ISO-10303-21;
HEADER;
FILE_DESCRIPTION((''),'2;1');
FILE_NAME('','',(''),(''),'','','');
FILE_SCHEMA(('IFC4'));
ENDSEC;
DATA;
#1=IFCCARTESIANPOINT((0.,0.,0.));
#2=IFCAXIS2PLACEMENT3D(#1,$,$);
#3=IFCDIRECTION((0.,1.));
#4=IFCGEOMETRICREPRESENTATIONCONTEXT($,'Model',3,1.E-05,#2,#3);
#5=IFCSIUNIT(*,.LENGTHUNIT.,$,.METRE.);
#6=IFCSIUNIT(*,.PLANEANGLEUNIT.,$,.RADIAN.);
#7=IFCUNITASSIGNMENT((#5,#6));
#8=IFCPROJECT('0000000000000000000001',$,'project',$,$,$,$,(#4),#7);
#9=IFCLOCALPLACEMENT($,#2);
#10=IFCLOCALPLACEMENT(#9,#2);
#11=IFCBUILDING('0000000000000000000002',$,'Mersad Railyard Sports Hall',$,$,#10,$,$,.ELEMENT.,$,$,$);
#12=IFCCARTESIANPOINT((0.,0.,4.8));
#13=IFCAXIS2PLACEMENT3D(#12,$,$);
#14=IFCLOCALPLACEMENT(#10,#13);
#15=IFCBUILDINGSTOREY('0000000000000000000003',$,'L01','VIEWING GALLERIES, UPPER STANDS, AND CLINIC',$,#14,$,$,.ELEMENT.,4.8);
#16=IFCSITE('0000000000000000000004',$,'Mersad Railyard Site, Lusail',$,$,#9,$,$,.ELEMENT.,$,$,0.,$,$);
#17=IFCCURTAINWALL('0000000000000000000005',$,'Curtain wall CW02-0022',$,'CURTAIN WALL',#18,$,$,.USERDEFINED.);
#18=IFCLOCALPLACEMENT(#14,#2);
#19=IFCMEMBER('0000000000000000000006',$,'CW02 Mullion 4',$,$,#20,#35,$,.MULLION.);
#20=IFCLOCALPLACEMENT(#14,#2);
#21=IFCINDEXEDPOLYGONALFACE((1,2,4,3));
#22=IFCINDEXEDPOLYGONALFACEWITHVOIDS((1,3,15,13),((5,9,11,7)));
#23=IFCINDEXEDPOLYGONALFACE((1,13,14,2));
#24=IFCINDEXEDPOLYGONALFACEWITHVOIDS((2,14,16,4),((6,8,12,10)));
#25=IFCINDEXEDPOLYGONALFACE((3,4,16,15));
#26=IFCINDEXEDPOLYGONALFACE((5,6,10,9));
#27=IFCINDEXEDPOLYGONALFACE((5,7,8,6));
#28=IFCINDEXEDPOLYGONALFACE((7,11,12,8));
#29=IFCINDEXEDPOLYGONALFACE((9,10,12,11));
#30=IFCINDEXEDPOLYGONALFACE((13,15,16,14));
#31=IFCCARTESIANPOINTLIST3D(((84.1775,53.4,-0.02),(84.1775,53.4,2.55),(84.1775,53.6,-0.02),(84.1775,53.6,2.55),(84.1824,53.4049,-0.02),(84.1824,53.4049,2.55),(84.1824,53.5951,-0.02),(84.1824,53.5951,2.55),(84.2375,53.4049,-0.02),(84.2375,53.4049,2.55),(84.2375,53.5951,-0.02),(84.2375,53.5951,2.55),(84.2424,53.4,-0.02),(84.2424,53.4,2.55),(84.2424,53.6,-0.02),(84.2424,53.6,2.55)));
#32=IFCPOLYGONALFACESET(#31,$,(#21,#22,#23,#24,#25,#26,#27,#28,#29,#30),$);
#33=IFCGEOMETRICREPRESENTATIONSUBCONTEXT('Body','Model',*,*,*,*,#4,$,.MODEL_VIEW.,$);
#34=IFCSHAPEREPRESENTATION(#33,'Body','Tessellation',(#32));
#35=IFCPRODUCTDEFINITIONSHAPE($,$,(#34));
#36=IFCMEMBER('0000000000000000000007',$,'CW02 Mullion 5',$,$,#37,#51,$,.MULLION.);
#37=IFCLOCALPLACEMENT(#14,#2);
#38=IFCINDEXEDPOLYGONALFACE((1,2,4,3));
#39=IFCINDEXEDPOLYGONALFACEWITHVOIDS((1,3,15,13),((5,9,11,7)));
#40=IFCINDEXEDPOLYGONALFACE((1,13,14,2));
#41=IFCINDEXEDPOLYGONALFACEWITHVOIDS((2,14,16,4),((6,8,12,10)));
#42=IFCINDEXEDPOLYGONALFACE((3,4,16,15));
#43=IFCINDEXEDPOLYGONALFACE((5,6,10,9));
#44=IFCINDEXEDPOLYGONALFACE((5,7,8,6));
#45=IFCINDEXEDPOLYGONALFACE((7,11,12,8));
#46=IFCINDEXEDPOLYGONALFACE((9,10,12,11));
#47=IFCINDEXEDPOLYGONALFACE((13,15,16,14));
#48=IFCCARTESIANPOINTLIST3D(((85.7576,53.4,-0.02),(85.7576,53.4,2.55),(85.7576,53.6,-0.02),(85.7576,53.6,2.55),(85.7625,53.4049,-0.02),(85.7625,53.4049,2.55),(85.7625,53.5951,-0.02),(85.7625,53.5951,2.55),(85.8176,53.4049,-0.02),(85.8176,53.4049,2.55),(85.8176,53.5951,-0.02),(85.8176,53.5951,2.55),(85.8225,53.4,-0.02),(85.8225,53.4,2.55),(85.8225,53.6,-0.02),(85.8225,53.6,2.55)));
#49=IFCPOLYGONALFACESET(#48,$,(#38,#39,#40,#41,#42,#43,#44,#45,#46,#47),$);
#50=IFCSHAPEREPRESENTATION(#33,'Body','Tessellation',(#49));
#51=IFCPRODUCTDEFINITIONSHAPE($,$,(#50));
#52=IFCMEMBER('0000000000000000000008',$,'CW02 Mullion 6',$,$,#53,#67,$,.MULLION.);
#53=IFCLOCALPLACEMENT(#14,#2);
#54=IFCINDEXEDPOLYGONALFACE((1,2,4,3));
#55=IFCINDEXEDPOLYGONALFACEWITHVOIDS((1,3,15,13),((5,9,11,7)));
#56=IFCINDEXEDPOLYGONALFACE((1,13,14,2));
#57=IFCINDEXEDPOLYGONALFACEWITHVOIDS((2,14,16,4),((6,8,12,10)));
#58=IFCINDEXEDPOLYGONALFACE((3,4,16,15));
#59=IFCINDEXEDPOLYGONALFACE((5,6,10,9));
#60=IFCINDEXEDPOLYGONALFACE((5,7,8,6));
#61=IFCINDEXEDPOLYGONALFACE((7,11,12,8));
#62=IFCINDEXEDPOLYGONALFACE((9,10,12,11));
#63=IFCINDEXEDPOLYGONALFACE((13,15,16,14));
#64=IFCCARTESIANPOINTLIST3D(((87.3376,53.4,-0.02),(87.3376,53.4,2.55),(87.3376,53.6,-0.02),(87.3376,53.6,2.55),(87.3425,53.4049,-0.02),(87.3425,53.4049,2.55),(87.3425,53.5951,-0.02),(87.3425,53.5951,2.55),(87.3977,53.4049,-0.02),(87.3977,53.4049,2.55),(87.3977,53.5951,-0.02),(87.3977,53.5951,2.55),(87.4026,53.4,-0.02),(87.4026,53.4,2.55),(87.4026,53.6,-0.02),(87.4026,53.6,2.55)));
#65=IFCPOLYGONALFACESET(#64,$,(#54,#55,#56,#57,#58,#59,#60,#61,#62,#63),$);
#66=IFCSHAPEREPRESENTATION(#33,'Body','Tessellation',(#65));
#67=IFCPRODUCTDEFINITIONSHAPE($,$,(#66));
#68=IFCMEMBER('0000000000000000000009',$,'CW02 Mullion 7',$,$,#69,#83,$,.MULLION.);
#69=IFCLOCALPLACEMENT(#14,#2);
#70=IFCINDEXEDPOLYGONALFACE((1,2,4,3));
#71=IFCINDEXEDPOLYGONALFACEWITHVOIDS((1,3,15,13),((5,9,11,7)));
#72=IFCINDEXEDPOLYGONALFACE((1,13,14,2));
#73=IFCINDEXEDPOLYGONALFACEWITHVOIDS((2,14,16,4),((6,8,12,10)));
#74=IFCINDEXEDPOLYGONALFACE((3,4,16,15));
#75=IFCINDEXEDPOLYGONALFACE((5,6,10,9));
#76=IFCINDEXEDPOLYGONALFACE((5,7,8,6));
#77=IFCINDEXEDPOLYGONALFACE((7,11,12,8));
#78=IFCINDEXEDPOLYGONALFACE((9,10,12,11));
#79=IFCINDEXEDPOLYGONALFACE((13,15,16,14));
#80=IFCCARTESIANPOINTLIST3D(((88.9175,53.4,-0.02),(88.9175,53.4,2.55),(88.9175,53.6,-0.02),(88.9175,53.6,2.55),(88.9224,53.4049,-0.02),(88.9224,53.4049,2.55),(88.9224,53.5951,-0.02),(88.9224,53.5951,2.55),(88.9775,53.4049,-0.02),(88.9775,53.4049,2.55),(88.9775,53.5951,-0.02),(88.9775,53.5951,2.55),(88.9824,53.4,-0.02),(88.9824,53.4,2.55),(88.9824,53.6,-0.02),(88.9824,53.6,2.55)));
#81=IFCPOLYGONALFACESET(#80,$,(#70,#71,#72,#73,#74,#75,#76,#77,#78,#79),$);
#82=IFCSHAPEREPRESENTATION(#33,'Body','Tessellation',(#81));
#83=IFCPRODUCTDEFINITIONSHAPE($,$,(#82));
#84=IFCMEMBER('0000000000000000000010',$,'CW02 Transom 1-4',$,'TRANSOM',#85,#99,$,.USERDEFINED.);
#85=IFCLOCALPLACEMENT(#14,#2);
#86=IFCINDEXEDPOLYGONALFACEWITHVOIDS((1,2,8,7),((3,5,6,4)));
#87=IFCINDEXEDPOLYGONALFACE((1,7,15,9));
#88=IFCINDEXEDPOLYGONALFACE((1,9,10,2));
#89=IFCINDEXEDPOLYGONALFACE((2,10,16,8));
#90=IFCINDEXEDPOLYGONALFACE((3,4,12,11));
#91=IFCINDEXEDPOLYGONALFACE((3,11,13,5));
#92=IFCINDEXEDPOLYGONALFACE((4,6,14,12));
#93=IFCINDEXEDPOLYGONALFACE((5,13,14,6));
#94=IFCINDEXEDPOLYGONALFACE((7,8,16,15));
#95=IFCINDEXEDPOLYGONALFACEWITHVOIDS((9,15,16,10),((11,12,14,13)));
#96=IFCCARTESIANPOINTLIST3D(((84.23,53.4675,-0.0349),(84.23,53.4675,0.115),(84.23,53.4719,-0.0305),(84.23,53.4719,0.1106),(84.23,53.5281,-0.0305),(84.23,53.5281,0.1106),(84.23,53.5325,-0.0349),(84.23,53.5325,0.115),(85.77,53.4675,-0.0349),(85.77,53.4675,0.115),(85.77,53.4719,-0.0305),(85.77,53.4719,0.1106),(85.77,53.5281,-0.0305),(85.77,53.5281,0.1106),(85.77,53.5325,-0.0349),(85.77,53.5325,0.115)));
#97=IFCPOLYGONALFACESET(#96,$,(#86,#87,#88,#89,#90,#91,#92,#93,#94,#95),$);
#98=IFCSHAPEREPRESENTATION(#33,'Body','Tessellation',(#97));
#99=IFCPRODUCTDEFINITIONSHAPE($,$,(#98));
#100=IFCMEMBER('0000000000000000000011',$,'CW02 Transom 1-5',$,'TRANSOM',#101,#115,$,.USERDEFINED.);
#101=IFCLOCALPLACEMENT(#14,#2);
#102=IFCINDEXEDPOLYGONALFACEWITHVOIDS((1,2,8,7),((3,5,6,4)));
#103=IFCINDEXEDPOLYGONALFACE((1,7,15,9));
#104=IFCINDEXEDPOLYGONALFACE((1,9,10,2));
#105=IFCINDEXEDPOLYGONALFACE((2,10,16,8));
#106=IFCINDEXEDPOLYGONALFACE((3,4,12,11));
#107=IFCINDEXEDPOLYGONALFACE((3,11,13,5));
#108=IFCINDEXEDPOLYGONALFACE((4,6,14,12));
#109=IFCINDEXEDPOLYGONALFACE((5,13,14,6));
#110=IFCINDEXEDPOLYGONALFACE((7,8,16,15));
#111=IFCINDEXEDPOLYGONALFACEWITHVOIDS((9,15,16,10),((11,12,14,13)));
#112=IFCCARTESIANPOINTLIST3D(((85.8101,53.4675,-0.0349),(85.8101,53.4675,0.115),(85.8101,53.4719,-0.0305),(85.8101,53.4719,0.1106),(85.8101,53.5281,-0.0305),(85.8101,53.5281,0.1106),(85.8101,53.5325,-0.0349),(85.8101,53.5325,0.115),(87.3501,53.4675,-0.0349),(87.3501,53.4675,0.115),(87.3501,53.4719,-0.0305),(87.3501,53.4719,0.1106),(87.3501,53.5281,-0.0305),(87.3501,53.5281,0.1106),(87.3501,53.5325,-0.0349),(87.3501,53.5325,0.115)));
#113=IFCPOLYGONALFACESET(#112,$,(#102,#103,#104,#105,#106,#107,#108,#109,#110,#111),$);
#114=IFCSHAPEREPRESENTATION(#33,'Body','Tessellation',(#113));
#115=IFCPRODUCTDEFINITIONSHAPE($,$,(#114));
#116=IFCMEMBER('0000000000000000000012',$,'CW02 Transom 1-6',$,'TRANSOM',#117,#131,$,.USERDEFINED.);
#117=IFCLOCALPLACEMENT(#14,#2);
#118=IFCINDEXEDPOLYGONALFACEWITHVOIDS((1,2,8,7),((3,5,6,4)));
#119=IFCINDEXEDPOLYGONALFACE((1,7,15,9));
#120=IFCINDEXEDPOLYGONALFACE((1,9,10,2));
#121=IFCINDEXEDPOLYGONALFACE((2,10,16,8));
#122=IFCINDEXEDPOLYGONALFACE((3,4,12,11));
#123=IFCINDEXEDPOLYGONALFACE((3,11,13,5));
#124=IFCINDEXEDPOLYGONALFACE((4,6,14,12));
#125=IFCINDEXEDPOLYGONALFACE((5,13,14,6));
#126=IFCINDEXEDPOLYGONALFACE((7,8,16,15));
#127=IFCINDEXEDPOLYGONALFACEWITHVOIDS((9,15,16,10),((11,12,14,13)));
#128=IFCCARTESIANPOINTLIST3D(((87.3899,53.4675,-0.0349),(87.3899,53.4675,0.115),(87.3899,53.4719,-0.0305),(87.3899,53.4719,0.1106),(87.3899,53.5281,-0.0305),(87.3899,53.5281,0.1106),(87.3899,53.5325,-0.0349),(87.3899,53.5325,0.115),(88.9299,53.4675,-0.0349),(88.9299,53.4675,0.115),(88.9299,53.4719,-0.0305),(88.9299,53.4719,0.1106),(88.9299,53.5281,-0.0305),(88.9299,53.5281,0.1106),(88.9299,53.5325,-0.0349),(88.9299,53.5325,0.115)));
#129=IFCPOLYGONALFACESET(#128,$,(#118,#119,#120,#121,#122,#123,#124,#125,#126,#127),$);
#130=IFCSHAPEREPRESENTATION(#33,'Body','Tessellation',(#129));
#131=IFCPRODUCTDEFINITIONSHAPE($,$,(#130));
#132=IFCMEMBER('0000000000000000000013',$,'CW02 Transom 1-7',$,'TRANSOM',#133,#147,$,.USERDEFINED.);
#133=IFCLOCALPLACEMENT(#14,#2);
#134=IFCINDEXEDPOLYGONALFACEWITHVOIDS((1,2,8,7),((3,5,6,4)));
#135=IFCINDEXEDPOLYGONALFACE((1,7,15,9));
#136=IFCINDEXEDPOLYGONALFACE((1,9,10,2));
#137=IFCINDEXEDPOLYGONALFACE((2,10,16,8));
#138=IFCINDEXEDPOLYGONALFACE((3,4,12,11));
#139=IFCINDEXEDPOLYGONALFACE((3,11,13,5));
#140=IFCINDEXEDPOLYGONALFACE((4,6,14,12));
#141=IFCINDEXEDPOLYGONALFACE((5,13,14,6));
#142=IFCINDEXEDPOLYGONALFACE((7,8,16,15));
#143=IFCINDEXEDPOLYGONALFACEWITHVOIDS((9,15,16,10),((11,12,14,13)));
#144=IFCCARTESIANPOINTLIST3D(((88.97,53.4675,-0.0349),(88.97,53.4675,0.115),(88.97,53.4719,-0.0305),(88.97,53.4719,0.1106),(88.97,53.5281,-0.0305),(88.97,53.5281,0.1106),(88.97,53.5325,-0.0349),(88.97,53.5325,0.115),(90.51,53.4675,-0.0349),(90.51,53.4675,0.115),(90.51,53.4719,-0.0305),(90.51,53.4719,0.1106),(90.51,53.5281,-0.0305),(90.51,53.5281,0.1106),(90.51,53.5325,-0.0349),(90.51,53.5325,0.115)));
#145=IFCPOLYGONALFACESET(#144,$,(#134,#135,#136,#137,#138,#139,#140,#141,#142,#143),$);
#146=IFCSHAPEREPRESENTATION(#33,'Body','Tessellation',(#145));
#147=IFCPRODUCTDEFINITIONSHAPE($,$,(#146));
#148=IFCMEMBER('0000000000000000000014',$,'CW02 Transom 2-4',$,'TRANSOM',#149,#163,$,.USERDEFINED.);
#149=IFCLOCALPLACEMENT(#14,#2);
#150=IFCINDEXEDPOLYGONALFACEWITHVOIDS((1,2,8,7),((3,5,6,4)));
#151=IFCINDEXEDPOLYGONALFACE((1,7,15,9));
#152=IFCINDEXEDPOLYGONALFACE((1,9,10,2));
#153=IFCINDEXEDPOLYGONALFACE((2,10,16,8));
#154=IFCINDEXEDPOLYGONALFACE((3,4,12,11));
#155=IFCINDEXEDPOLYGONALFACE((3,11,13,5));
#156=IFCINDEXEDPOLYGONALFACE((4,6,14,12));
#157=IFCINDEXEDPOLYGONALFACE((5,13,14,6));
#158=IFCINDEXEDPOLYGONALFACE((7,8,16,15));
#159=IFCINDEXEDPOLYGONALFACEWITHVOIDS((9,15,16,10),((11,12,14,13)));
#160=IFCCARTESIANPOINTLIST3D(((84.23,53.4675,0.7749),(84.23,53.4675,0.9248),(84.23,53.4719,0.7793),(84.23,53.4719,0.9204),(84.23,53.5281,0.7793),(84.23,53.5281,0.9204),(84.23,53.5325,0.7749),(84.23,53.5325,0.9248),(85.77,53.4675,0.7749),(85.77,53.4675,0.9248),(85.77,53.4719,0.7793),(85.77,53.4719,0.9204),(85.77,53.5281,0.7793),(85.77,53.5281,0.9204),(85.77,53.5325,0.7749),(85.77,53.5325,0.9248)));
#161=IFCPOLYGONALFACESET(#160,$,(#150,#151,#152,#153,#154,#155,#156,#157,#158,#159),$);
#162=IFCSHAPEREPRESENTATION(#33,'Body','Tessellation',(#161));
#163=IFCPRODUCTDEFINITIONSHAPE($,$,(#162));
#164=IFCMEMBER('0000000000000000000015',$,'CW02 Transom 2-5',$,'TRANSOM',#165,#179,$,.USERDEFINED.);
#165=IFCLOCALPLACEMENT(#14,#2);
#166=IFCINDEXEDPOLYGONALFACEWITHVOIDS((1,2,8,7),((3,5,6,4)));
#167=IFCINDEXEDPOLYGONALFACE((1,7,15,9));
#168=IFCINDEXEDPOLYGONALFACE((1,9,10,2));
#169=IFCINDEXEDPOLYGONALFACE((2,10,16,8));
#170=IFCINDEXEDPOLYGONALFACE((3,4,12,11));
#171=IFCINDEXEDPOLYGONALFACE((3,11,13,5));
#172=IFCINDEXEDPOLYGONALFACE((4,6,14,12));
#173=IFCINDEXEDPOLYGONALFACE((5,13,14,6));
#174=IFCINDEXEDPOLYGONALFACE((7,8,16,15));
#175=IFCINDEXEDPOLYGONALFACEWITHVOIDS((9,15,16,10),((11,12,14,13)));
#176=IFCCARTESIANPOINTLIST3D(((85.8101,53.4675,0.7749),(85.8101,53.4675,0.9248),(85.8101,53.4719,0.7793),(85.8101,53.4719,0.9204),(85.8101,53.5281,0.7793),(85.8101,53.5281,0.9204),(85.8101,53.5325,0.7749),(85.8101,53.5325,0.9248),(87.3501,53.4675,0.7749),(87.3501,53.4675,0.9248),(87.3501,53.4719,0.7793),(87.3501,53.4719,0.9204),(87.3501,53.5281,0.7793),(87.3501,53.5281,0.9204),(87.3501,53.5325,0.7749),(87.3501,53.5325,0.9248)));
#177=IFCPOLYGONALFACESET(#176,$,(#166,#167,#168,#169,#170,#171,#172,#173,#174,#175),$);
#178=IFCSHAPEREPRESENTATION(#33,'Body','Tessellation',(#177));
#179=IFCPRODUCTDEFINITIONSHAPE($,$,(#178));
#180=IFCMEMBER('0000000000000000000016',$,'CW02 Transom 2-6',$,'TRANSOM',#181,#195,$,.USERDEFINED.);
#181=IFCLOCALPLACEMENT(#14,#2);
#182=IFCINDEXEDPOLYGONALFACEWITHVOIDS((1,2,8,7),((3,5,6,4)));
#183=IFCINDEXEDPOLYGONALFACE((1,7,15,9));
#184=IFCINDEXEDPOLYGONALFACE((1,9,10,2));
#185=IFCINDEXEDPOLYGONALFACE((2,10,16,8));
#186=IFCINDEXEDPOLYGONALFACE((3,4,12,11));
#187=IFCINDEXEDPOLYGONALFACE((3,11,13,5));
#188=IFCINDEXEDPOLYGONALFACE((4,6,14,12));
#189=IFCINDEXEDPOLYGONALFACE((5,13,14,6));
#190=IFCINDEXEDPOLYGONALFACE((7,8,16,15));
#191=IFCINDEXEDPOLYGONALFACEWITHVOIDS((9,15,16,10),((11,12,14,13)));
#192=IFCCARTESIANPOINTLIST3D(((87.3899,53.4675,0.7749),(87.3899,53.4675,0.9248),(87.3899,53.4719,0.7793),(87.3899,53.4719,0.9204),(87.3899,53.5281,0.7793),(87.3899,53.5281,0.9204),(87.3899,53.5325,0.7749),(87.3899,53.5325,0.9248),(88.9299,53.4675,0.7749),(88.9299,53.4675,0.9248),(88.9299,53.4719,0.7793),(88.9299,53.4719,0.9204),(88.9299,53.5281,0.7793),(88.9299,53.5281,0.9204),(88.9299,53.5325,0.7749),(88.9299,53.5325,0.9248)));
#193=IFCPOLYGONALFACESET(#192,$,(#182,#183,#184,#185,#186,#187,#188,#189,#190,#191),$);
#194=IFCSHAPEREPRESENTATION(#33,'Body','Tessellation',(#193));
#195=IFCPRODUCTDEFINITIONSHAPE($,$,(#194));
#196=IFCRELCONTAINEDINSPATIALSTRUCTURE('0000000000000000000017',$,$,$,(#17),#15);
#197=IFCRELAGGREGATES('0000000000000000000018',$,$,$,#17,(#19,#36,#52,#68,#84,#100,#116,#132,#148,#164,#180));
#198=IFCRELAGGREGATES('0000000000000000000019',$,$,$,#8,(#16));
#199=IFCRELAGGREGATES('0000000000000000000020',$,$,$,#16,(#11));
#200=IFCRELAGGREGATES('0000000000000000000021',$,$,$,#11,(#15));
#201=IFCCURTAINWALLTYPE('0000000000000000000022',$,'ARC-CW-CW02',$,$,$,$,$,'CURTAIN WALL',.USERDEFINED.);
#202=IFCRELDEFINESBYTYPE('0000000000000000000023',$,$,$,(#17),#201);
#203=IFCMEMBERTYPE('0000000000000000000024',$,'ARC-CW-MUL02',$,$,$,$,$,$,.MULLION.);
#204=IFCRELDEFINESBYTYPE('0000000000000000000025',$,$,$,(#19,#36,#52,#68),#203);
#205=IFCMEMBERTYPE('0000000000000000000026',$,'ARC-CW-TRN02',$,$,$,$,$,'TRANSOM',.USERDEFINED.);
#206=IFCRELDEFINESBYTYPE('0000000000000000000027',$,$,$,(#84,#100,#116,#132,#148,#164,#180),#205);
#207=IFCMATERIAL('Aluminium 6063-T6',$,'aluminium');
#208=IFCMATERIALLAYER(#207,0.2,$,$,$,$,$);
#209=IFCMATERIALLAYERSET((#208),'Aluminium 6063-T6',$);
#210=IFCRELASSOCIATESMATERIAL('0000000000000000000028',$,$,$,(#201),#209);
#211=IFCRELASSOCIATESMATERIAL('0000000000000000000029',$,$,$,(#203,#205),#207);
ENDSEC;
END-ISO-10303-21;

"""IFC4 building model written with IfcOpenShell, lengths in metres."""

from ifc_helpers import new_model, si_unit, direction, frame, origin, origin_2d, place, context, subcontext, project, spatial, hollow_rectangle, extrude, material, layer, layer_set, material_profile, profile_set, type_object, element, aggregate, save


model = new_model("IFC4")

# Units and contexts
model_context = context("Model", 3, precision=1e-05, world=origin(), true_north=direction((0.0, 1.0)))
body_context = subcontext(model_context, "Body", "Model", "MODEL_VIEW")
ifc_project = project(units=[si_unit("LENGTHUNIT", "METRE"), si_unit("PLANEANGLEUNIT", "RADIAN")], contexts=[model_context])

# Site, building, storey
site_placement = place(None, origin())
site = spatial("IfcSite", under=ifc_project, at=site_placement, Name="Mersad Railyard Site, Lusail", CompositionType="ELEMENT", RefElevation=0.0)
building_placement = place(site_placement, origin())
building = spatial("IfcBuilding", under=site, at=building_placement, Name="Mersad Railyard Sports Hall", CompositionType="ELEMENT")
storey_placement = place(building_placement, frame((0.0, 0.0, 4.8)))
storey = spatial("IfcBuildingStorey", under=building, at=storey_placement, Name="L01", Description="VIEWING GALLERIES, UPPER STANDS, AND CLINIC", CompositionType="ELEMENT", Elevation=4.8)

# Curtain wall, members
ifc_material_1 = material(Name="Aluminium 6063-T6", Category="aluminium")
ifc_layer_1 = layer(ifc_material_1, 0.2)
ifc_layer_set_1 = layer_set([ifc_layer_1], Name="Aluminium 6063-T6")
curtain_wall_type = type_object("IfcCurtainWallType", Name="ARC-CW-CW02", ElementType="CURTAIN WALL", PredefinedType="USERDEFINED", material=ifc_layer_set_1)
curtain_wall_placement = place(storey_placement, origin())
curtain_wall = element("IfcCurtainWall", 1, at=curtain_wall_placement, inside=storey, type_object=curtain_wall_type, Name="Curtain wall CW02-0022", ObjectType="CURTAIN WALL", PredefinedType="USERDEFINED")
ifc_material_profile_1 = material_profile(ifc_material_1, hollow_rectangle(XDim=0.0649, YDim=0.2, WallThickness=0.0049, at=origin_2d()), Name="AL MULLION 65x200x5")
ifc_profile_set_1 = profile_set([ifc_material_profile_1], Name="Aluminium 6063-T6")
member_type_1 = type_object("IfcMemberType", Name="ARC-CW-MUL02", PredefinedType="MULLION", material=ifc_profile_set_1)
member_1_placement = place(storey_placement, frame((84.21, 53.5, -0.02), z_axis=(0.0, 0.0, 1.0), x_axis=(1.0, 0.0, 0.0)))
member_1 = element("IfcMember", 2, at=member_1_placement, type_object=member_type_1, Name="CW02 Mullion 4", PredefinedType="MULLION", context=body_context, shape_type="SweptSolid", body=[
    extrude(hollow_rectangle(XDim=0.0649, YDim=0.2, WallThickness=0.0049, at=origin_2d()), origin(), (0.0, 0.0, 1.0), 2.5701),
])
member_2_placement = place(storey_placement, frame((85.79, 53.5, -0.02), z_axis=(0.0, 0.0, 1.0), x_axis=(1.0, 0.0, 0.0)))
member_2 = element("IfcMember", 3, at=member_2_placement, type_object=member_type_1, Name="CW02 Mullion 5", PredefinedType="MULLION", context=body_context, shape_type="SweptSolid", body=[
    extrude(hollow_rectangle(XDim=0.0649, YDim=0.2, WallThickness=0.0049, at=origin_2d()), origin(), (0.0, 0.0, 1.0), 2.5701),
])
member_3_placement = place(storey_placement, frame((87.3701, 53.5, -0.02), z_axis=(0.0, 0.0, 1.0), x_axis=(1.0, 0.0, 0.0)))
member_3 = element("IfcMember", 4, at=member_3_placement, type_object=member_type_1, Name="CW02 Mullion 6", PredefinedType="MULLION", context=body_context, shape_type="SweptSolid", body=[
    extrude(hollow_rectangle(XDim=0.0649, YDim=0.2, WallThickness=0.0049, at=origin_2d()), origin(), (0.0, 0.0, 1.0), 2.5701),
])
member_4_placement = place(storey_placement, frame((88.95, 53.5, -0.02), z_axis=(0.0, 0.0, 1.0), x_axis=(1.0, 0.0, 0.0)))
member_4 = element("IfcMember", 5, at=member_4_placement, type_object=member_type_1, Name="CW02 Mullion 7", PredefinedType="MULLION", context=body_context, shape_type="SweptSolid", body=[
    extrude(hollow_rectangle(XDim=0.0649, YDim=0.2, WallThickness=0.0049, at=origin_2d()), origin(), (0.0, 0.0, 1.0), 2.5701),
])
ifc_material_profile_2 = material_profile(ifc_material_1, hollow_rectangle(XDim=0.0649, YDim=0.1499, WallThickness=0.0044, at=origin_2d()), Name="AL TRANSOM 65x150x4.5")
ifc_profile_set_2 = profile_set([ifc_material_profile_2], Name="Aluminium 6063-T6")
member_type_2 = type_object("IfcMemberType", Name="ARC-CW-TRN02", ElementType="TRANSOM", PredefinedType="USERDEFINED", material=ifc_profile_set_2)
member_5_placement = place(storey_placement, frame((84.23, 53.5, 0.04), z_axis=(1.0, 0.0, 0.0), x_axis=(0.0, 1.0, 0.0)))
member_5 = element("IfcMember", 6, at=member_5_placement, type_object=member_type_2, Name="CW02 Transom 1-4", ObjectType="TRANSOM", PredefinedType="USERDEFINED", context=body_context, shape_type="SweptSolid", body=[
    extrude(hollow_rectangle(XDim=0.0649, YDim=0.1499, WallThickness=0.0044, at=origin_2d()), origin(), (0.0, 0.0, 1.0), 1.54),
])
member_6_placement = place(storey_placement, frame((85.8101, 53.5, 0.04), z_axis=(1.0, 0.0, 0.0), x_axis=(0.0, 1.0, 0.0)))
member_6 = element("IfcMember", 7, at=member_6_placement, type_object=member_type_2, Name="CW02 Transom 1-5", ObjectType="TRANSOM", PredefinedType="USERDEFINED", context=body_context, shape_type="SweptSolid", body=[
    extrude(hollow_rectangle(XDim=0.0649, YDim=0.1499, WallThickness=0.0044, at=origin_2d()), origin(), (0.0, 0.0, 1.0), 1.54),
])
member_7_placement = place(storey_placement, frame((87.3899, 53.5, 0.04), z_axis=(1.0, 0.0, 0.0), x_axis=(0.0, 1.0, 0.0)))
member_7 = element("IfcMember", 8, at=member_7_placement, type_object=member_type_2, Name="CW02 Transom 1-6", ObjectType="TRANSOM", PredefinedType="USERDEFINED", context=body_context, shape_type="SweptSolid", body=[
    extrude(hollow_rectangle(XDim=0.0649, YDim=0.1499, WallThickness=0.0044, at=origin_2d()), origin(), (0.0, 0.0, 1.0), 1.54),
])
member_8_placement = place(storey_placement, frame((88.97, 53.5, 0.04), z_axis=(1.0, 0.0, 0.0), x_axis=(0.0, 1.0, 0.0)))
member_8 = element("IfcMember", 9, at=member_8_placement, type_object=member_type_2, Name="CW02 Transom 1-7", ObjectType="TRANSOM", PredefinedType="USERDEFINED", context=body_context, shape_type="SweptSolid", body=[
    extrude(hollow_rectangle(XDim=0.0649, YDim=0.1499, WallThickness=0.0044, at=origin_2d()), origin(), (0.0, 0.0, 1.0), 1.54),
])
member_9_placement = place(storey_placement, frame((84.23, 53.5, 0.8499), z_axis=(1.0, 0.0, 0.0), x_axis=(0.0, 1.0, 0.0)))
member_9 = element("IfcMember", 10, at=member_9_placement, type_object=member_type_2, Name="CW02 Transom 2-4", ObjectType="TRANSOM", PredefinedType="USERDEFINED", context=body_context, shape_type="SweptSolid", body=[
    extrude(hollow_rectangle(XDim=0.0649, YDim=0.1499, WallThickness=0.0044, at=origin_2d()), origin(), (0.0, 0.0, 1.0), 1.54),
])
member_10_placement = place(storey_placement, frame((85.8101, 53.5, 0.8499), z_axis=(1.0, 0.0, 0.0), x_axis=(0.0, 1.0, 0.0)))
member_10 = element("IfcMember", 11, at=member_10_placement, type_object=member_type_2, Name="CW02 Transom 2-5", ObjectType="TRANSOM", PredefinedType="USERDEFINED", context=body_context, shape_type="SweptSolid", body=[
    extrude(hollow_rectangle(XDim=0.0649, YDim=0.1499, WallThickness=0.0044, at=origin_2d()), origin(), (0.0, 0.0, 1.0), 1.54),
])
member_11_placement = place(storey_placement, frame((87.3899, 53.5, 0.8499), z_axis=(1.0, 0.0, 0.0), x_axis=(0.0, 1.0, 0.0)))
member_11 = element("IfcMember", 12, at=member_11_placement, type_object=member_type_2, Name="CW02 Transom 2-6", ObjectType="TRANSOM", PredefinedType="USERDEFINED", context=body_context, shape_type="SweptSolid", body=[
    extrude(hollow_rectangle(XDim=0.0649, YDim=0.1499, WallThickness=0.0044, at=origin_2d()), origin(), (0.0, 0.0, 1.0), 1.54),
])

aggregate(curtain_wall, [member_1, member_2, member_3, member_4, member_5, member_6, member_7, member_8, member_9, member_10, member_11])

save(model, "model.ifc")
